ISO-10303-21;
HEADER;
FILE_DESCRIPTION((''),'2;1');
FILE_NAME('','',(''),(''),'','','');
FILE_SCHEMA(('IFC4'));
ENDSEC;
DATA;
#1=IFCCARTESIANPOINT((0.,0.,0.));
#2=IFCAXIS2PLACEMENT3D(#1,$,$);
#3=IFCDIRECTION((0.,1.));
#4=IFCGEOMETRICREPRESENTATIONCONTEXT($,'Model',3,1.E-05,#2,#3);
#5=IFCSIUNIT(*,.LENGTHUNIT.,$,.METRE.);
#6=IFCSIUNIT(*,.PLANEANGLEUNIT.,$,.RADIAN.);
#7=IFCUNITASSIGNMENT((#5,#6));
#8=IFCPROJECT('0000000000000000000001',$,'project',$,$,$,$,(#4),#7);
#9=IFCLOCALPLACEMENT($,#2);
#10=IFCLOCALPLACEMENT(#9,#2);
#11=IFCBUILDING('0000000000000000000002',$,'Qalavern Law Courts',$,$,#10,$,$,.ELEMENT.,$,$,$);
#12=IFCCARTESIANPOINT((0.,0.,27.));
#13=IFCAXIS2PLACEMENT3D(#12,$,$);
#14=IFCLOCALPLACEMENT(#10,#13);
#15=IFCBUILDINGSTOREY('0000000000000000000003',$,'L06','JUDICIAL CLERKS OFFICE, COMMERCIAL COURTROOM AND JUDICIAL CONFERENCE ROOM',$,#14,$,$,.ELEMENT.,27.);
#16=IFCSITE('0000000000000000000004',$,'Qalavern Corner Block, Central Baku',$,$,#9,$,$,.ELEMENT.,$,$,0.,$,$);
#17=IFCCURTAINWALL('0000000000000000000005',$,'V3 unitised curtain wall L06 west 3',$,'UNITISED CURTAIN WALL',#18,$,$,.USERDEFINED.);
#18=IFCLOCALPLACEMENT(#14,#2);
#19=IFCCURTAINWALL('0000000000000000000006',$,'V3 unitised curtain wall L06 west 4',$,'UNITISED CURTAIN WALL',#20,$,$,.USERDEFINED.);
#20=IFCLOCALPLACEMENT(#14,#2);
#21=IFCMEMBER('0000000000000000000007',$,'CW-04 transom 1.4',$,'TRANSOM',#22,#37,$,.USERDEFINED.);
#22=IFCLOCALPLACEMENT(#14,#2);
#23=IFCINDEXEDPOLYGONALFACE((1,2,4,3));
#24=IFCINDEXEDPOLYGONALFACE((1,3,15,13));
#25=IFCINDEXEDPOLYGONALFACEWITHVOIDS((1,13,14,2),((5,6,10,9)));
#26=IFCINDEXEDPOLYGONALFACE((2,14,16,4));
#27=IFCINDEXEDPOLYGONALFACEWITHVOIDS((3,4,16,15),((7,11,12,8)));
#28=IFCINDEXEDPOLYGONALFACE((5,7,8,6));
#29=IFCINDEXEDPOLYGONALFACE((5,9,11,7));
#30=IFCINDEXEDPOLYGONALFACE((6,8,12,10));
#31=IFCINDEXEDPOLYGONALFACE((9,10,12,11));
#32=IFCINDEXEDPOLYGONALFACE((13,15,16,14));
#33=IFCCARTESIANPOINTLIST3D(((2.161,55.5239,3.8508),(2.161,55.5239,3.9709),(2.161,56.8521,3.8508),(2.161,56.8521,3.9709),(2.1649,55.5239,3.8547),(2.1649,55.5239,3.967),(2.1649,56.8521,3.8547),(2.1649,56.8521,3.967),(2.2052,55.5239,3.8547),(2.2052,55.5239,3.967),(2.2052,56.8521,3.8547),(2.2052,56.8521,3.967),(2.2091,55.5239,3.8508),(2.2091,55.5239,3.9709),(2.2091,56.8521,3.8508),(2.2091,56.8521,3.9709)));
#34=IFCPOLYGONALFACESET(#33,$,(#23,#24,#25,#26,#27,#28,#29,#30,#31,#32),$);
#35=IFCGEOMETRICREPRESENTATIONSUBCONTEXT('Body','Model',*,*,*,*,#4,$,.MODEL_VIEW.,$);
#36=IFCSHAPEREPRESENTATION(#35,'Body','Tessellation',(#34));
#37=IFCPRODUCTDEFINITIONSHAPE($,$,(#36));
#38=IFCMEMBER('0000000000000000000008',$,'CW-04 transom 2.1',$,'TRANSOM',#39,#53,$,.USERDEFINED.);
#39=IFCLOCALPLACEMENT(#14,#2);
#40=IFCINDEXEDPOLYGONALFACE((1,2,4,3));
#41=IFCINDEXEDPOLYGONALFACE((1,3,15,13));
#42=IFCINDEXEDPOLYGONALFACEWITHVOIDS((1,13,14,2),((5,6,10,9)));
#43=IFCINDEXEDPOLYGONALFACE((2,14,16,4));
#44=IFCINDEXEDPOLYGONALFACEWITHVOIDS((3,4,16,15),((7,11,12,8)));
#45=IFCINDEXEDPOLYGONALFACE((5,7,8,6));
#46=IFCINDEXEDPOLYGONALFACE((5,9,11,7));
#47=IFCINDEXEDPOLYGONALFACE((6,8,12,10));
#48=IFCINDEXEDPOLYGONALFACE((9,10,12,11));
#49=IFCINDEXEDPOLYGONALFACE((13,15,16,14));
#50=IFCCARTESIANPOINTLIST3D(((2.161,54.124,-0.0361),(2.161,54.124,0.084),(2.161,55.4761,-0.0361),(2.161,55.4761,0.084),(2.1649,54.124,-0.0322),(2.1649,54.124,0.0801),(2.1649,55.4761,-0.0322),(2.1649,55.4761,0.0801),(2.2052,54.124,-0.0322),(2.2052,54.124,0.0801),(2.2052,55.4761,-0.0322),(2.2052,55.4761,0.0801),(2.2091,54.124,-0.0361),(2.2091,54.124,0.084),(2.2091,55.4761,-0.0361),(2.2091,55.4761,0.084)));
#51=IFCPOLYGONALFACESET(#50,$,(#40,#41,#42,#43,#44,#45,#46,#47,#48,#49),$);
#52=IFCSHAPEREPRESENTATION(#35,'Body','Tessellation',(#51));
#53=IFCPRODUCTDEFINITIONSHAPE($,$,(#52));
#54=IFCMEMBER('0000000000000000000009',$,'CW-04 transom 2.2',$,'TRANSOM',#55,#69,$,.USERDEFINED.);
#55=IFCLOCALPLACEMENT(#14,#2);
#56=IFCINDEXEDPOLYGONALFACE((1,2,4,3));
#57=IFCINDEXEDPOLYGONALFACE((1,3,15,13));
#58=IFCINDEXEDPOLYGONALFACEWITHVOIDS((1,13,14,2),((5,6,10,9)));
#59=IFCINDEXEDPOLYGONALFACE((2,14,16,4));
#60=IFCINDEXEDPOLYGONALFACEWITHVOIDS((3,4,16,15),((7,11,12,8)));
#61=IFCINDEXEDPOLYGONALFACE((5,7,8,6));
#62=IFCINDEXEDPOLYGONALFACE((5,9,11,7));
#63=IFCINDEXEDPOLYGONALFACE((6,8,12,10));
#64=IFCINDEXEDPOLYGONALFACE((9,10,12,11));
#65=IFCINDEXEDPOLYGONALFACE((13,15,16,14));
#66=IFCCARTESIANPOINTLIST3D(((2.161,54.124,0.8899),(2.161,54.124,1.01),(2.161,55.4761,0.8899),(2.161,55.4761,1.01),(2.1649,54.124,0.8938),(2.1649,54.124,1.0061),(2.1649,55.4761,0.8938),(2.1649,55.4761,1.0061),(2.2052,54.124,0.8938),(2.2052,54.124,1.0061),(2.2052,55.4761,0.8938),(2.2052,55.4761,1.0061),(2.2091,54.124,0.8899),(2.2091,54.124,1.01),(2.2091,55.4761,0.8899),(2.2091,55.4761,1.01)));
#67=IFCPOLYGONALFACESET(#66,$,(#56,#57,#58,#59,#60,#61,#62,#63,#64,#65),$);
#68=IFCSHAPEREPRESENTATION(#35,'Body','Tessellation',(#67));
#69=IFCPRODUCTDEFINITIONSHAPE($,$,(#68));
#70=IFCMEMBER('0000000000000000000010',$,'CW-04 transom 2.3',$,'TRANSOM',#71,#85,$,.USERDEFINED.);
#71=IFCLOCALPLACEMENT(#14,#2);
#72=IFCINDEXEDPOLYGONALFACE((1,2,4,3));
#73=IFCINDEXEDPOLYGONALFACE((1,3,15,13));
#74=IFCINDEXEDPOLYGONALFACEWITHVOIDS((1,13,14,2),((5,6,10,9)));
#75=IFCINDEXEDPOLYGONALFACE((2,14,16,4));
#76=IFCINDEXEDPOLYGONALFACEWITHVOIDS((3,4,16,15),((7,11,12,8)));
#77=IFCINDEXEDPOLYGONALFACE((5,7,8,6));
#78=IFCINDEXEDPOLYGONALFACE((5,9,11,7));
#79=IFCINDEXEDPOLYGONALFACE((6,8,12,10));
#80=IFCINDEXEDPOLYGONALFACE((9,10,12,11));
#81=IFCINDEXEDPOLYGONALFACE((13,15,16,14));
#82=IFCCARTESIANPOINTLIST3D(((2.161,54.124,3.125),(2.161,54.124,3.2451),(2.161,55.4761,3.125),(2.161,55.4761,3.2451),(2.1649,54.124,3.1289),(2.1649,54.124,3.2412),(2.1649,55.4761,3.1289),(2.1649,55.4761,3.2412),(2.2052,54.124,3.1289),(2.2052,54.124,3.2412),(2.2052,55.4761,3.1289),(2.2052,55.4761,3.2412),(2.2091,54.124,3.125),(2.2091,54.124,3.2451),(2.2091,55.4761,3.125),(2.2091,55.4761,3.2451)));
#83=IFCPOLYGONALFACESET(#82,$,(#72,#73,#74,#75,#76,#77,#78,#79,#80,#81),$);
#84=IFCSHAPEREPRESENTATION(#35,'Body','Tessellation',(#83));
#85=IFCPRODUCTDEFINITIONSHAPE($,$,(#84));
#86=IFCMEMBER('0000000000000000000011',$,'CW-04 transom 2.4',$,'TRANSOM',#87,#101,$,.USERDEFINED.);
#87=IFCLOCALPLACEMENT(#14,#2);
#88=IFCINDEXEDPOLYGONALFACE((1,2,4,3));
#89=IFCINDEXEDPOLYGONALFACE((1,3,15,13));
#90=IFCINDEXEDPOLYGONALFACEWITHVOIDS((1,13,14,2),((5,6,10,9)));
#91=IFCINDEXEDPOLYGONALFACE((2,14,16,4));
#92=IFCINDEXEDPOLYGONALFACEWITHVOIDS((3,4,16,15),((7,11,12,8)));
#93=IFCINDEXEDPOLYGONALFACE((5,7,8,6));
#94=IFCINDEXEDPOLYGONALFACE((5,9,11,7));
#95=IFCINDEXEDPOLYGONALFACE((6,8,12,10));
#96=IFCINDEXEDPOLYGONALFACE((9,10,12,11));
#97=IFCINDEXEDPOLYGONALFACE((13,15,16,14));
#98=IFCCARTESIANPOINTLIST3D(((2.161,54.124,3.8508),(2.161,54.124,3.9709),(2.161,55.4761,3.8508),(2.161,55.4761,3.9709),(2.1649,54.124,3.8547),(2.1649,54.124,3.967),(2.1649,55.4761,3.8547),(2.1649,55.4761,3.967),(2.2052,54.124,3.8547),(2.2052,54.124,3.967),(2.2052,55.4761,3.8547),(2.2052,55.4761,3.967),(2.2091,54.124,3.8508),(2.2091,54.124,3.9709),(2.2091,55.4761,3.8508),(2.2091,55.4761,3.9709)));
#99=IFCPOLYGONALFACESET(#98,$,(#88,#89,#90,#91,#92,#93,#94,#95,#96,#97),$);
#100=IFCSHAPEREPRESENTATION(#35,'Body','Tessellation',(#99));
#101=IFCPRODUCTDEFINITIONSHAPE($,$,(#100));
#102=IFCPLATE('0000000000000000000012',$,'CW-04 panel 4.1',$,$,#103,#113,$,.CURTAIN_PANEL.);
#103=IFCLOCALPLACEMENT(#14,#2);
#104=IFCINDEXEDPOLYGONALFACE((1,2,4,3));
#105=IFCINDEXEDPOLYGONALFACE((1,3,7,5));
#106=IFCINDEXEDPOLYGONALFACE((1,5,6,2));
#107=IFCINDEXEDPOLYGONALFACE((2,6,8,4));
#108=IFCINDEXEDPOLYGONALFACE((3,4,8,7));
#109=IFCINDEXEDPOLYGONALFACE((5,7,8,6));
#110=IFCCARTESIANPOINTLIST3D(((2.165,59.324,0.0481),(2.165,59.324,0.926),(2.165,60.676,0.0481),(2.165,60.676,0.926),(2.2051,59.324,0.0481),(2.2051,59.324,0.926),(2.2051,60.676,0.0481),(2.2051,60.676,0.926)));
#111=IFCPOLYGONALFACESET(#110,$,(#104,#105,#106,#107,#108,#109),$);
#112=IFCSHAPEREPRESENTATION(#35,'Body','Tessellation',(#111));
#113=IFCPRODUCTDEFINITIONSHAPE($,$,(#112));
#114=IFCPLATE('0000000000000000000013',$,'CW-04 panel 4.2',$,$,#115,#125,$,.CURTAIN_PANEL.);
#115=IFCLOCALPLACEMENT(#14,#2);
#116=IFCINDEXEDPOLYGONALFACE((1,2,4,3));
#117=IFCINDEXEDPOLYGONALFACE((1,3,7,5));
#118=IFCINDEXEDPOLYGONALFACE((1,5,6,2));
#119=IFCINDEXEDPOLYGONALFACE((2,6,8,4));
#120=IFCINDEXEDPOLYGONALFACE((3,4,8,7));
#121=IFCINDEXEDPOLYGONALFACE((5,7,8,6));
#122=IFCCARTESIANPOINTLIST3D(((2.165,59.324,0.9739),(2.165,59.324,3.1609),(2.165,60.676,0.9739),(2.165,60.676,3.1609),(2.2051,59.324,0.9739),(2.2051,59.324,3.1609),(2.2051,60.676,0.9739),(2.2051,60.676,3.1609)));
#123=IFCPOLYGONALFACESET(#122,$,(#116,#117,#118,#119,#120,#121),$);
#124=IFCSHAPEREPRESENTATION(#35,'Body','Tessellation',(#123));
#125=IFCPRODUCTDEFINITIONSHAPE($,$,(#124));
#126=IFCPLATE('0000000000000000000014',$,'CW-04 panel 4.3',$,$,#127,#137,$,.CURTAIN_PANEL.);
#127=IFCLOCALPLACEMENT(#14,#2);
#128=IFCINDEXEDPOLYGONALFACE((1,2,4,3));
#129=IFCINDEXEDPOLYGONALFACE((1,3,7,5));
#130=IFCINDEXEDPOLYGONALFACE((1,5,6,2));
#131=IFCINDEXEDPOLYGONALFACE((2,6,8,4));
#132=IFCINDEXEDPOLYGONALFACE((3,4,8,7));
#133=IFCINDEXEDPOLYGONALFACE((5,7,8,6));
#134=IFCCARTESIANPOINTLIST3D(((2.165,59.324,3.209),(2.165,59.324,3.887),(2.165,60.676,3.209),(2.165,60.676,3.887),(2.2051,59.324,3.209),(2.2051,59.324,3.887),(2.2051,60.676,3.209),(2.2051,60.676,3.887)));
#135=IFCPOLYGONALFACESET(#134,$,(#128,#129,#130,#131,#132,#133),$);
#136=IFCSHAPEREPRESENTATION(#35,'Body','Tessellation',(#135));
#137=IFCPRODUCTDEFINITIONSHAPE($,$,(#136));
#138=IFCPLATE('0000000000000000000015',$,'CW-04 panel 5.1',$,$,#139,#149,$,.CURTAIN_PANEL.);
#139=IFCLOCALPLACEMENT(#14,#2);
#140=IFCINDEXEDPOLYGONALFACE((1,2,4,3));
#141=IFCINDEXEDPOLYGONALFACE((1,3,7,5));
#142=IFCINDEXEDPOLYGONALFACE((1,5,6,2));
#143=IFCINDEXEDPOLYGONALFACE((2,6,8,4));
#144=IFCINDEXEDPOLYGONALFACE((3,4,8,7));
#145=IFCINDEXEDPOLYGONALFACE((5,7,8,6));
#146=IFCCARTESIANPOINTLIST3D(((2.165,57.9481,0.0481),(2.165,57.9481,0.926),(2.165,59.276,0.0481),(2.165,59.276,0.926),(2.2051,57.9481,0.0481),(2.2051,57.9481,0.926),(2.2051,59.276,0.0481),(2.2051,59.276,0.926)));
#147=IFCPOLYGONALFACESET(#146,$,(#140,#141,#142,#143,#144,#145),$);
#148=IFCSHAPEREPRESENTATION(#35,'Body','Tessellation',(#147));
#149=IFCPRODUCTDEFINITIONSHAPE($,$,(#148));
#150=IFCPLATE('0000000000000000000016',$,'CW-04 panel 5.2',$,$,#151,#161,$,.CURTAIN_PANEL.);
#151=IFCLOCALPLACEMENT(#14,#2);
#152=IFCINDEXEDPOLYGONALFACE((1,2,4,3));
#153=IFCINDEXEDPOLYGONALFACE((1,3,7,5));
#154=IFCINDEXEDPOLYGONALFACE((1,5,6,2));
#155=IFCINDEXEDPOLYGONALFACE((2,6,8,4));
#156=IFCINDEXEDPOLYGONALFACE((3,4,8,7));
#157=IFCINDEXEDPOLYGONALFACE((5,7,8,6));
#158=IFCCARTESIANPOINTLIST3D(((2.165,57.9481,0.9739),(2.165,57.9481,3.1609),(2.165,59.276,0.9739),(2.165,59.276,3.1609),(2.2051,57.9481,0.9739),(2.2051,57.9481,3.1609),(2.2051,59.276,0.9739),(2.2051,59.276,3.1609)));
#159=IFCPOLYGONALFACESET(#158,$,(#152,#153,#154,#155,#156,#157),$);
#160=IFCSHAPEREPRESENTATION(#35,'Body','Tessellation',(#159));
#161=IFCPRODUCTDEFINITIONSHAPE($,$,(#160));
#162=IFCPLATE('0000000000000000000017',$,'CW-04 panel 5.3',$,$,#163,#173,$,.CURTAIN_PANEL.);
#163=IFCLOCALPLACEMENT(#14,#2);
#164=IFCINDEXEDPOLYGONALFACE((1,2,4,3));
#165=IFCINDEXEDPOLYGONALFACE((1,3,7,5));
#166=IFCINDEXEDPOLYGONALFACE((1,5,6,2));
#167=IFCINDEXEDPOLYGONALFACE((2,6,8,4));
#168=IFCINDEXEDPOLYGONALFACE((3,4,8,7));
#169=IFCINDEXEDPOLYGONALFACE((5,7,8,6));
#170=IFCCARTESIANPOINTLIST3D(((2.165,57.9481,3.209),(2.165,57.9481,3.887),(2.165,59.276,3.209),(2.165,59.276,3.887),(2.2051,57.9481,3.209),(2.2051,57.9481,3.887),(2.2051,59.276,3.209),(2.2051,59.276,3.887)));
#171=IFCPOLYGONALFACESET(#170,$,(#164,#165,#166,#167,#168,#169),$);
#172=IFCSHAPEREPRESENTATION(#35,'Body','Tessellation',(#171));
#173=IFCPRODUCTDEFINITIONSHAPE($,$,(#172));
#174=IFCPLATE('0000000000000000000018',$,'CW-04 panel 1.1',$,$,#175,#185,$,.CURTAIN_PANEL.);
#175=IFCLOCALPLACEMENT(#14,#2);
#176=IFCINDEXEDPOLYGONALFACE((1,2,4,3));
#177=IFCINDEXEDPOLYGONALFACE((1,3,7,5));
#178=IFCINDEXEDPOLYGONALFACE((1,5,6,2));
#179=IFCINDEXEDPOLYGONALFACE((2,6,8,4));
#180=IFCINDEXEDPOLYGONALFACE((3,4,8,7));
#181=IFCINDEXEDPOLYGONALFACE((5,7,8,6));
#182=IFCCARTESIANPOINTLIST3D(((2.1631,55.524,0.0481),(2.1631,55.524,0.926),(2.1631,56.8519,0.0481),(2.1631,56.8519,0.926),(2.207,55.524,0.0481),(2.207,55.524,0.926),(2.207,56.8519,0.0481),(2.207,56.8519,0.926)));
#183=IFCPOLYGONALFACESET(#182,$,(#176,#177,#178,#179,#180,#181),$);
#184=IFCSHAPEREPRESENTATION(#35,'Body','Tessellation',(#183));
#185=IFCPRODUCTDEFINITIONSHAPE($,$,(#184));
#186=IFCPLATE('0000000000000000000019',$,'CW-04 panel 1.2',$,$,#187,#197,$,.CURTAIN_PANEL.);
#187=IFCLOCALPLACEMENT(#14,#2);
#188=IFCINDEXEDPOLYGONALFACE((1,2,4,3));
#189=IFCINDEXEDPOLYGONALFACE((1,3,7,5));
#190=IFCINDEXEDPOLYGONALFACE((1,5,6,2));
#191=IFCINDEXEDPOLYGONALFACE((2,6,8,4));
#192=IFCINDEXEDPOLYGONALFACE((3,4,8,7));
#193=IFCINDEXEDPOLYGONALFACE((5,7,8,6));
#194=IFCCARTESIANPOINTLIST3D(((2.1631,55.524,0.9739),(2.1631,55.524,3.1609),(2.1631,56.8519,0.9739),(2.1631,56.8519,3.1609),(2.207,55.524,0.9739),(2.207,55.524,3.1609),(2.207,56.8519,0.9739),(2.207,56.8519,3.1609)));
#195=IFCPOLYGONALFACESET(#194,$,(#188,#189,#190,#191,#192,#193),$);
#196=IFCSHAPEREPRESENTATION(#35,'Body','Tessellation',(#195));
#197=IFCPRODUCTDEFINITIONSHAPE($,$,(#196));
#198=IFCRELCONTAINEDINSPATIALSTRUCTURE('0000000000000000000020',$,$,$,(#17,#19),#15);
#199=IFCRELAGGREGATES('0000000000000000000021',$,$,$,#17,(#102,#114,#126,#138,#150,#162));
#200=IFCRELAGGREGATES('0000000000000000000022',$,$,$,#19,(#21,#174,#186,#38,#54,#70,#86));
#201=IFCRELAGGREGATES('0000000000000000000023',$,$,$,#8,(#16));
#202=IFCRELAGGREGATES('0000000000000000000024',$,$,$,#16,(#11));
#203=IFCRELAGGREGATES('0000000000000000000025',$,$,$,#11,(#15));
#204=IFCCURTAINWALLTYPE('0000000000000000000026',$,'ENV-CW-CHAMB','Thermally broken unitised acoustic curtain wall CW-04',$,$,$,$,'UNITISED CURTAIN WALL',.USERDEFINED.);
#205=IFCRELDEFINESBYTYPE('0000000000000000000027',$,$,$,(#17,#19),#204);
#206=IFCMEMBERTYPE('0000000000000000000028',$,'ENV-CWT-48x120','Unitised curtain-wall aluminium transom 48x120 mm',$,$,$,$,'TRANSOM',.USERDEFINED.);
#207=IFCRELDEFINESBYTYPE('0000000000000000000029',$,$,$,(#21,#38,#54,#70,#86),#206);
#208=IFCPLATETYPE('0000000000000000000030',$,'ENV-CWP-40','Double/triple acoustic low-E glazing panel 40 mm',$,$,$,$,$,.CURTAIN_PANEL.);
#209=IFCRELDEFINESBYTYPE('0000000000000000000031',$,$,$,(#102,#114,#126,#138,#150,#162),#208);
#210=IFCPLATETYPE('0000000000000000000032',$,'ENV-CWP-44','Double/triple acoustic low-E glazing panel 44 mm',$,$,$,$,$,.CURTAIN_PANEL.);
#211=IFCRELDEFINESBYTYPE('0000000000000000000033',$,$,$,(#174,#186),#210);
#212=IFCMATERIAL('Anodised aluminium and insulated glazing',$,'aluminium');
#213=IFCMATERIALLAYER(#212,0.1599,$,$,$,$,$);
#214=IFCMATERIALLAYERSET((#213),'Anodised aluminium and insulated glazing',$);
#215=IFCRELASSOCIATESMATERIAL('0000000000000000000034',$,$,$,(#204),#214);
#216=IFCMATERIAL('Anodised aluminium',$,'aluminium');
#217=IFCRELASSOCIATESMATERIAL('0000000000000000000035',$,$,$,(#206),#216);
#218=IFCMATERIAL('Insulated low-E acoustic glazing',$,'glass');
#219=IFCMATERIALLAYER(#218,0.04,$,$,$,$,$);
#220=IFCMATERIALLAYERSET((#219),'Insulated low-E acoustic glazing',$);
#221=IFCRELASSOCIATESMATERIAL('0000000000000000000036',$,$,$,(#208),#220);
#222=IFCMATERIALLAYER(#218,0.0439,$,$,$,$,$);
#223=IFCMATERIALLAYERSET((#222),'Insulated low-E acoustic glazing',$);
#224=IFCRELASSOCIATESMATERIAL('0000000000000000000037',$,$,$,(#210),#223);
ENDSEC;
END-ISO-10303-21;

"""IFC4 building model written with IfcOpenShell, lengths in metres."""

from ifc_helpers import new_model, si_unit, direction, frame, origin, origin_2d, place, context, subcontext, project, spatial, rectangle, hollow_rectangle, extrude, material, layer, layer_set, material_profile, profile_set, type_object, element, aggregate, save


model = new_model("IFC4")

# Units and contexts
model_context = context("Model", 3, precision=1e-05, world=origin(), true_north=direction((0.0, 1.0)))
body_context = subcontext(model_context, "Body", "Model", "MODEL_VIEW")
ifc_project = project(units=[si_unit("LENGTHUNIT", "METRE"), si_unit("PLANEANGLEUNIT", "RADIAN")], contexts=[model_context])

# Site, building, storey
site_placement = place(None, origin())
site = spatial("IfcSite", under=ifc_project, at=site_placement, Name="Qalavern Corner Block, Central Baku", CompositionType="ELEMENT", RefElevation=0.0)
building_placement = place(site_placement, origin())
building = spatial("IfcBuilding", under=site, at=building_placement, Name="Qalavern Law Courts", CompositionType="ELEMENT")
storey_placement = place(building_placement, frame((0.0, 0.0, 27.0)))
storey = spatial("IfcBuildingStorey", under=building, at=storey_placement, Name="L06", Description="JUDICIAL CLERKS OFFICE, COMMERCIAL COURTROOM AND JUDICIAL CONFERENCE ROOM", CompositionType="ELEMENT", Elevation=27.0)

# Curtain walls
ifc_material_1 = material(Name="Anodised aluminium and insulated glazing", Category="aluminium")
ifc_layer_1 = layer(ifc_material_1, 0.1599)
ifc_layer_set_1 = layer_set([ifc_layer_1], Name="Anodised aluminium and insulated glazing")
curtain_wall_type = type_object("IfcCurtainWallType", Name="ENV-CW-CHAMB", Description="Thermally broken unitised acoustic curtain wall CW-04", ElementType="UNITISED CURTAIN WALL", PredefinedType="USERDEFINED", material=ifc_layer_set_1)
curtain_wall_1_placement = place(storey_placement, origin())
curtain_wall_1 = element("IfcCurtainWall", 1, at=curtain_wall_1_placement, inside=storey, type_object=curtain_wall_type, Name="V3 unitised curtain wall L06 west 3", ObjectType="UNITISED CURTAIN WALL", PredefinedType="USERDEFINED")
ifc_material_2 = material(Name="Anodised aluminium", Category="aluminium")
curtain_wall_2_placement = place(storey_placement, origin())
curtain_wall_2 = element("IfcCurtainWall", 2, at=curtain_wall_2_placement, inside=storey, type_object=curtain_wall_type, Name="V3 unitised curtain wall L06 west 4", ObjectType="UNITISED CURTAIN WALL", PredefinedType="USERDEFINED")

# Members
ifc_material_profile_1 = material_profile(ifc_material_2, hollow_rectangle(XDim=0.0481, YDim=0.1201, WallThickness=0.0039, at=origin_2d()), Name="ALU TRANSOM 48x120")
ifc_profile_set_1 = profile_set([ifc_material_profile_1], Name="Anodised aluminium")
member_type_1 = type_object("IfcMemberType", Name="ENV-CWT-48x120", Description="Unitised curtain-wall aluminium transom 48x120 mm", ElementType="TRANSOM", PredefinedType="USERDEFINED", material=ifc_profile_set_1)
member_1_placement = place(storey_placement, frame((2.1851, 56.8521, 3.9109), z_axis=(0.0, -1.0, 0.0), x_axis=(1.0, 0.0, 0.0)))
member_1 = element("IfcMember", 3, at=member_1_placement, type_object=member_type_1, Name="CW-04 transom 1.4", ObjectType="TRANSOM", PredefinedType="USERDEFINED", context=body_context, shape_type="SweptSolid", body=[
    extrude(hollow_rectangle(XDim=0.0481, YDim=0.1201, WallThickness=0.0039, at=origin_2d()), origin(), (0.0, 0.0, 1.0), 1.3281),
])
member_2_placement = place(storey_placement, frame((2.1851, 55.4761, 0.0239), z_axis=(0.0, -1.0, 0.0), x_axis=(1.0, 0.0, 0.0)))
member_2 = element("IfcMember", 4, at=member_2_placement, type_object=member_type_1, Name="CW-04 transom 2.1", ObjectType="TRANSOM", PredefinedType="USERDEFINED", context=body_context, shape_type="SweptSolid", body=[
    extrude(hollow_rectangle(XDim=0.0481, YDim=0.1201, WallThickness=0.0039, at=origin_2d()), origin(), (0.0, 0.0, 1.0), 1.3521),
])
member_3_placement = place(storey_placement, frame((2.1851, 55.4761, 0.95), z_axis=(0.0, -1.0, 0.0), x_axis=(1.0, 0.0, 0.0)))
member_3 = element("IfcMember", 5, at=member_3_placement, type_object=member_type_1, Name="CW-04 transom 2.2", ObjectType="TRANSOM", PredefinedType="USERDEFINED", context=body_context, shape_type="SweptSolid", body=[
    extrude(hollow_rectangle(XDim=0.0481, YDim=0.1201, WallThickness=0.0039, at=origin_2d()), origin(), (0.0, 0.0, 1.0), 1.3521),
])
member_4_placement = place(storey_placement, frame((2.1851, 55.4761, 3.1851), z_axis=(0.0, -1.0, 0.0), x_axis=(1.0, 0.0, 0.0)))
member_4 = element("IfcMember", 6, at=member_4_placement, type_object=member_type_1, Name="CW-04 transom 2.3", ObjectType="TRANSOM", PredefinedType="USERDEFINED", context=body_context, shape_type="SweptSolid", body=[
    extrude(hollow_rectangle(XDim=0.0481, YDim=0.1201, WallThickness=0.0039, at=origin_2d()), origin(), (0.0, 0.0, 1.0), 1.3521),
])
member_5_placement = place(storey_placement, frame((2.1851, 55.4761, 3.9109), z_axis=(0.0, -1.0, 0.0), x_axis=(1.0, 0.0, 0.0)))
member_5 = element("IfcMember", 7, at=member_5_placement, type_object=member_type_1, Name="CW-04 transom 2.4", ObjectType="TRANSOM", PredefinedType="USERDEFINED", context=body_context, shape_type="SweptSolid", body=[
    extrude(hollow_rectangle(XDim=0.0481, YDim=0.1201, WallThickness=0.0039, at=origin_2d()), origin(), (0.0, 0.0, 1.0), 1.3521),
])

# Plates
ifc_material_3 = material(Name="Insulated low-E acoustic glazing", Category="glass")
ifc_layer_2 = layer(ifc_material_3, 0.04)
ifc_layer_set_2 = layer_set([ifc_layer_2], Name="Insulated low-E acoustic glazing")
plate_type_1 = type_object("IfcPlateType", Name="ENV-CWP-40", Description="Double/triple acoustic low-E glazing panel 40 mm", PredefinedType="CURTAIN_PANEL", material=ifc_layer_set_2)
plate_1_placement = place(storey_placement, frame((2.1851, 60.0, 0.0481), z_axis=(0.0, 0.0, 1.0), x_axis=(0.0, -1.0, 0.0)))
plate_1 = element("IfcPlate", 8, at=plate_1_placement, type_object=plate_type_1, Name="CW-04 panel 4.1", PredefinedType="CURTAIN_PANEL", context=body_context, shape_type="SweptSolid", body=[
    extrude(rectangle(XDim=1.3521, YDim=0.04, at=origin_2d()), origin(), (0.0, 0.0, 1.0), 0.8779),
])
plate_2_placement = place(storey_placement, frame((2.1851, 60.0, 0.9739), z_axis=(0.0, 0.0, 1.0), x_axis=(0.0, -1.0, 0.0)))
plate_2 = element("IfcPlate", 9, at=plate_2_placement, type_object=plate_type_1, Name="CW-04 panel 4.2", PredefinedType="CURTAIN_PANEL", context=body_context, shape_type="SweptSolid", body=[
    extrude(rectangle(XDim=1.3521, YDim=0.04, at=origin_2d()), origin(), (0.0, 0.0, 1.0), 2.187),
])
plate_3_placement = place(storey_placement, frame((2.1851, 60.0, 3.209), z_axis=(0.0, 0.0, 1.0), x_axis=(0.0, -1.0, 0.0)))
plate_3 = element("IfcPlate", 10, at=plate_3_placement, type_object=plate_type_1, Name="CW-04 panel 4.3", PredefinedType="CURTAIN_PANEL", context=body_context, shape_type="SweptSolid", body=[
    extrude(rectangle(XDim=1.3521, YDim=0.04, at=origin_2d()), origin(), (0.0, 0.0, 1.0), 0.678),
])
plate_4_placement = place(storey_placement, frame((2.1851, 58.6121, 0.0481), z_axis=(0.0, 0.0, 1.0), x_axis=(0.0, -1.0, 0.0)))
plate_4 = element("IfcPlate", 11, at=plate_4_placement, type_object=plate_type_1, Name="CW-04 panel 5.1", PredefinedType="CURTAIN_PANEL", context=body_context, shape_type="SweptSolid", body=[
    extrude(rectangle(XDim=1.3279, YDim=0.04, at=origin_2d()), origin(), (0.0, 0.0, 1.0), 0.8779),
])
plate_5_placement = place(storey_placement, frame((2.1851, 58.6121, 0.9739), z_axis=(0.0, 0.0, 1.0), x_axis=(0.0, -1.0, 0.0)))
plate_5 = element("IfcPlate", 12, at=plate_5_placement, type_object=plate_type_1, Name="CW-04 panel 5.2", PredefinedType="CURTAIN_PANEL", context=body_context, shape_type="SweptSolid", body=[
    extrude(rectangle(XDim=1.3279, YDim=0.04, at=origin_2d()), origin(), (0.0, 0.0, 1.0), 2.187),
])
plate_6_placement = place(storey_placement, frame((2.1851, 58.6121, 3.209), z_axis=(0.0, 0.0, 1.0), x_axis=(0.0, -1.0, 0.0)))
plate_6 = element("IfcPlate", 13, at=plate_6_placement, type_object=plate_type_1, Name="CW-04 panel 5.3", PredefinedType="CURTAIN_PANEL", context=body_context, shape_type="SweptSolid", body=[
    extrude(rectangle(XDim=1.3279, YDim=0.04, at=origin_2d()), origin(), (0.0, 0.0, 1.0), 0.678),
])
aggregate(curtain_wall_1, [plate_1, plate_2, plate_3, plate_4, plate_5, plate_6])
ifc_layer_3 = layer(ifc_material_3, 0.0439)
ifc_layer_set_3 = layer_set([ifc_layer_3], Name="Insulated low-E acoustic glazing")
plate_type_2 = type_object("IfcPlateType", Name="ENV-CWP-44", Description="Double/triple acoustic low-E glazing panel 44 mm", PredefinedType="CURTAIN_PANEL", material=ifc_layer_set_3)
plate_7_placement = place(storey_placement, frame((2.1851, 56.188, 0.0481), z_axis=(0.0, 0.0, 1.0), x_axis=(0.0, -1.0, 0.0)))
plate_7 = element("IfcPlate", 14, at=plate_7_placement, type_object=plate_type_2, Name="CW-04 panel 1.1", PredefinedType="CURTAIN_PANEL", context=body_context, shape_type="SweptSolid", body=[
    extrude(rectangle(XDim=1.3279, YDim=0.0439, at=origin_2d()), origin(), (0.0, 0.0, 1.0), 0.8779),
])
plate_8_placement = place(storey_placement, frame((2.1851, 56.188, 0.9739), z_axis=(0.0, 0.0, 1.0), x_axis=(0.0, -1.0, 0.0)))
plate_8 = element("IfcPlate", 15, at=plate_8_placement, type_object=plate_type_2, Name="CW-04 panel 1.2", PredefinedType="CURTAIN_PANEL", context=body_context, shape_type="SweptSolid", body=[
    extrude(rectangle(XDim=1.3279, YDim=0.0439, at=origin_2d()), origin(), (0.0, 0.0, 1.0), 2.187),
])
aggregate(curtain_wall_2, [member_1, plate_7, plate_8, member_2, member_3, member_4, member_5])

save(model, "model.ifc")
